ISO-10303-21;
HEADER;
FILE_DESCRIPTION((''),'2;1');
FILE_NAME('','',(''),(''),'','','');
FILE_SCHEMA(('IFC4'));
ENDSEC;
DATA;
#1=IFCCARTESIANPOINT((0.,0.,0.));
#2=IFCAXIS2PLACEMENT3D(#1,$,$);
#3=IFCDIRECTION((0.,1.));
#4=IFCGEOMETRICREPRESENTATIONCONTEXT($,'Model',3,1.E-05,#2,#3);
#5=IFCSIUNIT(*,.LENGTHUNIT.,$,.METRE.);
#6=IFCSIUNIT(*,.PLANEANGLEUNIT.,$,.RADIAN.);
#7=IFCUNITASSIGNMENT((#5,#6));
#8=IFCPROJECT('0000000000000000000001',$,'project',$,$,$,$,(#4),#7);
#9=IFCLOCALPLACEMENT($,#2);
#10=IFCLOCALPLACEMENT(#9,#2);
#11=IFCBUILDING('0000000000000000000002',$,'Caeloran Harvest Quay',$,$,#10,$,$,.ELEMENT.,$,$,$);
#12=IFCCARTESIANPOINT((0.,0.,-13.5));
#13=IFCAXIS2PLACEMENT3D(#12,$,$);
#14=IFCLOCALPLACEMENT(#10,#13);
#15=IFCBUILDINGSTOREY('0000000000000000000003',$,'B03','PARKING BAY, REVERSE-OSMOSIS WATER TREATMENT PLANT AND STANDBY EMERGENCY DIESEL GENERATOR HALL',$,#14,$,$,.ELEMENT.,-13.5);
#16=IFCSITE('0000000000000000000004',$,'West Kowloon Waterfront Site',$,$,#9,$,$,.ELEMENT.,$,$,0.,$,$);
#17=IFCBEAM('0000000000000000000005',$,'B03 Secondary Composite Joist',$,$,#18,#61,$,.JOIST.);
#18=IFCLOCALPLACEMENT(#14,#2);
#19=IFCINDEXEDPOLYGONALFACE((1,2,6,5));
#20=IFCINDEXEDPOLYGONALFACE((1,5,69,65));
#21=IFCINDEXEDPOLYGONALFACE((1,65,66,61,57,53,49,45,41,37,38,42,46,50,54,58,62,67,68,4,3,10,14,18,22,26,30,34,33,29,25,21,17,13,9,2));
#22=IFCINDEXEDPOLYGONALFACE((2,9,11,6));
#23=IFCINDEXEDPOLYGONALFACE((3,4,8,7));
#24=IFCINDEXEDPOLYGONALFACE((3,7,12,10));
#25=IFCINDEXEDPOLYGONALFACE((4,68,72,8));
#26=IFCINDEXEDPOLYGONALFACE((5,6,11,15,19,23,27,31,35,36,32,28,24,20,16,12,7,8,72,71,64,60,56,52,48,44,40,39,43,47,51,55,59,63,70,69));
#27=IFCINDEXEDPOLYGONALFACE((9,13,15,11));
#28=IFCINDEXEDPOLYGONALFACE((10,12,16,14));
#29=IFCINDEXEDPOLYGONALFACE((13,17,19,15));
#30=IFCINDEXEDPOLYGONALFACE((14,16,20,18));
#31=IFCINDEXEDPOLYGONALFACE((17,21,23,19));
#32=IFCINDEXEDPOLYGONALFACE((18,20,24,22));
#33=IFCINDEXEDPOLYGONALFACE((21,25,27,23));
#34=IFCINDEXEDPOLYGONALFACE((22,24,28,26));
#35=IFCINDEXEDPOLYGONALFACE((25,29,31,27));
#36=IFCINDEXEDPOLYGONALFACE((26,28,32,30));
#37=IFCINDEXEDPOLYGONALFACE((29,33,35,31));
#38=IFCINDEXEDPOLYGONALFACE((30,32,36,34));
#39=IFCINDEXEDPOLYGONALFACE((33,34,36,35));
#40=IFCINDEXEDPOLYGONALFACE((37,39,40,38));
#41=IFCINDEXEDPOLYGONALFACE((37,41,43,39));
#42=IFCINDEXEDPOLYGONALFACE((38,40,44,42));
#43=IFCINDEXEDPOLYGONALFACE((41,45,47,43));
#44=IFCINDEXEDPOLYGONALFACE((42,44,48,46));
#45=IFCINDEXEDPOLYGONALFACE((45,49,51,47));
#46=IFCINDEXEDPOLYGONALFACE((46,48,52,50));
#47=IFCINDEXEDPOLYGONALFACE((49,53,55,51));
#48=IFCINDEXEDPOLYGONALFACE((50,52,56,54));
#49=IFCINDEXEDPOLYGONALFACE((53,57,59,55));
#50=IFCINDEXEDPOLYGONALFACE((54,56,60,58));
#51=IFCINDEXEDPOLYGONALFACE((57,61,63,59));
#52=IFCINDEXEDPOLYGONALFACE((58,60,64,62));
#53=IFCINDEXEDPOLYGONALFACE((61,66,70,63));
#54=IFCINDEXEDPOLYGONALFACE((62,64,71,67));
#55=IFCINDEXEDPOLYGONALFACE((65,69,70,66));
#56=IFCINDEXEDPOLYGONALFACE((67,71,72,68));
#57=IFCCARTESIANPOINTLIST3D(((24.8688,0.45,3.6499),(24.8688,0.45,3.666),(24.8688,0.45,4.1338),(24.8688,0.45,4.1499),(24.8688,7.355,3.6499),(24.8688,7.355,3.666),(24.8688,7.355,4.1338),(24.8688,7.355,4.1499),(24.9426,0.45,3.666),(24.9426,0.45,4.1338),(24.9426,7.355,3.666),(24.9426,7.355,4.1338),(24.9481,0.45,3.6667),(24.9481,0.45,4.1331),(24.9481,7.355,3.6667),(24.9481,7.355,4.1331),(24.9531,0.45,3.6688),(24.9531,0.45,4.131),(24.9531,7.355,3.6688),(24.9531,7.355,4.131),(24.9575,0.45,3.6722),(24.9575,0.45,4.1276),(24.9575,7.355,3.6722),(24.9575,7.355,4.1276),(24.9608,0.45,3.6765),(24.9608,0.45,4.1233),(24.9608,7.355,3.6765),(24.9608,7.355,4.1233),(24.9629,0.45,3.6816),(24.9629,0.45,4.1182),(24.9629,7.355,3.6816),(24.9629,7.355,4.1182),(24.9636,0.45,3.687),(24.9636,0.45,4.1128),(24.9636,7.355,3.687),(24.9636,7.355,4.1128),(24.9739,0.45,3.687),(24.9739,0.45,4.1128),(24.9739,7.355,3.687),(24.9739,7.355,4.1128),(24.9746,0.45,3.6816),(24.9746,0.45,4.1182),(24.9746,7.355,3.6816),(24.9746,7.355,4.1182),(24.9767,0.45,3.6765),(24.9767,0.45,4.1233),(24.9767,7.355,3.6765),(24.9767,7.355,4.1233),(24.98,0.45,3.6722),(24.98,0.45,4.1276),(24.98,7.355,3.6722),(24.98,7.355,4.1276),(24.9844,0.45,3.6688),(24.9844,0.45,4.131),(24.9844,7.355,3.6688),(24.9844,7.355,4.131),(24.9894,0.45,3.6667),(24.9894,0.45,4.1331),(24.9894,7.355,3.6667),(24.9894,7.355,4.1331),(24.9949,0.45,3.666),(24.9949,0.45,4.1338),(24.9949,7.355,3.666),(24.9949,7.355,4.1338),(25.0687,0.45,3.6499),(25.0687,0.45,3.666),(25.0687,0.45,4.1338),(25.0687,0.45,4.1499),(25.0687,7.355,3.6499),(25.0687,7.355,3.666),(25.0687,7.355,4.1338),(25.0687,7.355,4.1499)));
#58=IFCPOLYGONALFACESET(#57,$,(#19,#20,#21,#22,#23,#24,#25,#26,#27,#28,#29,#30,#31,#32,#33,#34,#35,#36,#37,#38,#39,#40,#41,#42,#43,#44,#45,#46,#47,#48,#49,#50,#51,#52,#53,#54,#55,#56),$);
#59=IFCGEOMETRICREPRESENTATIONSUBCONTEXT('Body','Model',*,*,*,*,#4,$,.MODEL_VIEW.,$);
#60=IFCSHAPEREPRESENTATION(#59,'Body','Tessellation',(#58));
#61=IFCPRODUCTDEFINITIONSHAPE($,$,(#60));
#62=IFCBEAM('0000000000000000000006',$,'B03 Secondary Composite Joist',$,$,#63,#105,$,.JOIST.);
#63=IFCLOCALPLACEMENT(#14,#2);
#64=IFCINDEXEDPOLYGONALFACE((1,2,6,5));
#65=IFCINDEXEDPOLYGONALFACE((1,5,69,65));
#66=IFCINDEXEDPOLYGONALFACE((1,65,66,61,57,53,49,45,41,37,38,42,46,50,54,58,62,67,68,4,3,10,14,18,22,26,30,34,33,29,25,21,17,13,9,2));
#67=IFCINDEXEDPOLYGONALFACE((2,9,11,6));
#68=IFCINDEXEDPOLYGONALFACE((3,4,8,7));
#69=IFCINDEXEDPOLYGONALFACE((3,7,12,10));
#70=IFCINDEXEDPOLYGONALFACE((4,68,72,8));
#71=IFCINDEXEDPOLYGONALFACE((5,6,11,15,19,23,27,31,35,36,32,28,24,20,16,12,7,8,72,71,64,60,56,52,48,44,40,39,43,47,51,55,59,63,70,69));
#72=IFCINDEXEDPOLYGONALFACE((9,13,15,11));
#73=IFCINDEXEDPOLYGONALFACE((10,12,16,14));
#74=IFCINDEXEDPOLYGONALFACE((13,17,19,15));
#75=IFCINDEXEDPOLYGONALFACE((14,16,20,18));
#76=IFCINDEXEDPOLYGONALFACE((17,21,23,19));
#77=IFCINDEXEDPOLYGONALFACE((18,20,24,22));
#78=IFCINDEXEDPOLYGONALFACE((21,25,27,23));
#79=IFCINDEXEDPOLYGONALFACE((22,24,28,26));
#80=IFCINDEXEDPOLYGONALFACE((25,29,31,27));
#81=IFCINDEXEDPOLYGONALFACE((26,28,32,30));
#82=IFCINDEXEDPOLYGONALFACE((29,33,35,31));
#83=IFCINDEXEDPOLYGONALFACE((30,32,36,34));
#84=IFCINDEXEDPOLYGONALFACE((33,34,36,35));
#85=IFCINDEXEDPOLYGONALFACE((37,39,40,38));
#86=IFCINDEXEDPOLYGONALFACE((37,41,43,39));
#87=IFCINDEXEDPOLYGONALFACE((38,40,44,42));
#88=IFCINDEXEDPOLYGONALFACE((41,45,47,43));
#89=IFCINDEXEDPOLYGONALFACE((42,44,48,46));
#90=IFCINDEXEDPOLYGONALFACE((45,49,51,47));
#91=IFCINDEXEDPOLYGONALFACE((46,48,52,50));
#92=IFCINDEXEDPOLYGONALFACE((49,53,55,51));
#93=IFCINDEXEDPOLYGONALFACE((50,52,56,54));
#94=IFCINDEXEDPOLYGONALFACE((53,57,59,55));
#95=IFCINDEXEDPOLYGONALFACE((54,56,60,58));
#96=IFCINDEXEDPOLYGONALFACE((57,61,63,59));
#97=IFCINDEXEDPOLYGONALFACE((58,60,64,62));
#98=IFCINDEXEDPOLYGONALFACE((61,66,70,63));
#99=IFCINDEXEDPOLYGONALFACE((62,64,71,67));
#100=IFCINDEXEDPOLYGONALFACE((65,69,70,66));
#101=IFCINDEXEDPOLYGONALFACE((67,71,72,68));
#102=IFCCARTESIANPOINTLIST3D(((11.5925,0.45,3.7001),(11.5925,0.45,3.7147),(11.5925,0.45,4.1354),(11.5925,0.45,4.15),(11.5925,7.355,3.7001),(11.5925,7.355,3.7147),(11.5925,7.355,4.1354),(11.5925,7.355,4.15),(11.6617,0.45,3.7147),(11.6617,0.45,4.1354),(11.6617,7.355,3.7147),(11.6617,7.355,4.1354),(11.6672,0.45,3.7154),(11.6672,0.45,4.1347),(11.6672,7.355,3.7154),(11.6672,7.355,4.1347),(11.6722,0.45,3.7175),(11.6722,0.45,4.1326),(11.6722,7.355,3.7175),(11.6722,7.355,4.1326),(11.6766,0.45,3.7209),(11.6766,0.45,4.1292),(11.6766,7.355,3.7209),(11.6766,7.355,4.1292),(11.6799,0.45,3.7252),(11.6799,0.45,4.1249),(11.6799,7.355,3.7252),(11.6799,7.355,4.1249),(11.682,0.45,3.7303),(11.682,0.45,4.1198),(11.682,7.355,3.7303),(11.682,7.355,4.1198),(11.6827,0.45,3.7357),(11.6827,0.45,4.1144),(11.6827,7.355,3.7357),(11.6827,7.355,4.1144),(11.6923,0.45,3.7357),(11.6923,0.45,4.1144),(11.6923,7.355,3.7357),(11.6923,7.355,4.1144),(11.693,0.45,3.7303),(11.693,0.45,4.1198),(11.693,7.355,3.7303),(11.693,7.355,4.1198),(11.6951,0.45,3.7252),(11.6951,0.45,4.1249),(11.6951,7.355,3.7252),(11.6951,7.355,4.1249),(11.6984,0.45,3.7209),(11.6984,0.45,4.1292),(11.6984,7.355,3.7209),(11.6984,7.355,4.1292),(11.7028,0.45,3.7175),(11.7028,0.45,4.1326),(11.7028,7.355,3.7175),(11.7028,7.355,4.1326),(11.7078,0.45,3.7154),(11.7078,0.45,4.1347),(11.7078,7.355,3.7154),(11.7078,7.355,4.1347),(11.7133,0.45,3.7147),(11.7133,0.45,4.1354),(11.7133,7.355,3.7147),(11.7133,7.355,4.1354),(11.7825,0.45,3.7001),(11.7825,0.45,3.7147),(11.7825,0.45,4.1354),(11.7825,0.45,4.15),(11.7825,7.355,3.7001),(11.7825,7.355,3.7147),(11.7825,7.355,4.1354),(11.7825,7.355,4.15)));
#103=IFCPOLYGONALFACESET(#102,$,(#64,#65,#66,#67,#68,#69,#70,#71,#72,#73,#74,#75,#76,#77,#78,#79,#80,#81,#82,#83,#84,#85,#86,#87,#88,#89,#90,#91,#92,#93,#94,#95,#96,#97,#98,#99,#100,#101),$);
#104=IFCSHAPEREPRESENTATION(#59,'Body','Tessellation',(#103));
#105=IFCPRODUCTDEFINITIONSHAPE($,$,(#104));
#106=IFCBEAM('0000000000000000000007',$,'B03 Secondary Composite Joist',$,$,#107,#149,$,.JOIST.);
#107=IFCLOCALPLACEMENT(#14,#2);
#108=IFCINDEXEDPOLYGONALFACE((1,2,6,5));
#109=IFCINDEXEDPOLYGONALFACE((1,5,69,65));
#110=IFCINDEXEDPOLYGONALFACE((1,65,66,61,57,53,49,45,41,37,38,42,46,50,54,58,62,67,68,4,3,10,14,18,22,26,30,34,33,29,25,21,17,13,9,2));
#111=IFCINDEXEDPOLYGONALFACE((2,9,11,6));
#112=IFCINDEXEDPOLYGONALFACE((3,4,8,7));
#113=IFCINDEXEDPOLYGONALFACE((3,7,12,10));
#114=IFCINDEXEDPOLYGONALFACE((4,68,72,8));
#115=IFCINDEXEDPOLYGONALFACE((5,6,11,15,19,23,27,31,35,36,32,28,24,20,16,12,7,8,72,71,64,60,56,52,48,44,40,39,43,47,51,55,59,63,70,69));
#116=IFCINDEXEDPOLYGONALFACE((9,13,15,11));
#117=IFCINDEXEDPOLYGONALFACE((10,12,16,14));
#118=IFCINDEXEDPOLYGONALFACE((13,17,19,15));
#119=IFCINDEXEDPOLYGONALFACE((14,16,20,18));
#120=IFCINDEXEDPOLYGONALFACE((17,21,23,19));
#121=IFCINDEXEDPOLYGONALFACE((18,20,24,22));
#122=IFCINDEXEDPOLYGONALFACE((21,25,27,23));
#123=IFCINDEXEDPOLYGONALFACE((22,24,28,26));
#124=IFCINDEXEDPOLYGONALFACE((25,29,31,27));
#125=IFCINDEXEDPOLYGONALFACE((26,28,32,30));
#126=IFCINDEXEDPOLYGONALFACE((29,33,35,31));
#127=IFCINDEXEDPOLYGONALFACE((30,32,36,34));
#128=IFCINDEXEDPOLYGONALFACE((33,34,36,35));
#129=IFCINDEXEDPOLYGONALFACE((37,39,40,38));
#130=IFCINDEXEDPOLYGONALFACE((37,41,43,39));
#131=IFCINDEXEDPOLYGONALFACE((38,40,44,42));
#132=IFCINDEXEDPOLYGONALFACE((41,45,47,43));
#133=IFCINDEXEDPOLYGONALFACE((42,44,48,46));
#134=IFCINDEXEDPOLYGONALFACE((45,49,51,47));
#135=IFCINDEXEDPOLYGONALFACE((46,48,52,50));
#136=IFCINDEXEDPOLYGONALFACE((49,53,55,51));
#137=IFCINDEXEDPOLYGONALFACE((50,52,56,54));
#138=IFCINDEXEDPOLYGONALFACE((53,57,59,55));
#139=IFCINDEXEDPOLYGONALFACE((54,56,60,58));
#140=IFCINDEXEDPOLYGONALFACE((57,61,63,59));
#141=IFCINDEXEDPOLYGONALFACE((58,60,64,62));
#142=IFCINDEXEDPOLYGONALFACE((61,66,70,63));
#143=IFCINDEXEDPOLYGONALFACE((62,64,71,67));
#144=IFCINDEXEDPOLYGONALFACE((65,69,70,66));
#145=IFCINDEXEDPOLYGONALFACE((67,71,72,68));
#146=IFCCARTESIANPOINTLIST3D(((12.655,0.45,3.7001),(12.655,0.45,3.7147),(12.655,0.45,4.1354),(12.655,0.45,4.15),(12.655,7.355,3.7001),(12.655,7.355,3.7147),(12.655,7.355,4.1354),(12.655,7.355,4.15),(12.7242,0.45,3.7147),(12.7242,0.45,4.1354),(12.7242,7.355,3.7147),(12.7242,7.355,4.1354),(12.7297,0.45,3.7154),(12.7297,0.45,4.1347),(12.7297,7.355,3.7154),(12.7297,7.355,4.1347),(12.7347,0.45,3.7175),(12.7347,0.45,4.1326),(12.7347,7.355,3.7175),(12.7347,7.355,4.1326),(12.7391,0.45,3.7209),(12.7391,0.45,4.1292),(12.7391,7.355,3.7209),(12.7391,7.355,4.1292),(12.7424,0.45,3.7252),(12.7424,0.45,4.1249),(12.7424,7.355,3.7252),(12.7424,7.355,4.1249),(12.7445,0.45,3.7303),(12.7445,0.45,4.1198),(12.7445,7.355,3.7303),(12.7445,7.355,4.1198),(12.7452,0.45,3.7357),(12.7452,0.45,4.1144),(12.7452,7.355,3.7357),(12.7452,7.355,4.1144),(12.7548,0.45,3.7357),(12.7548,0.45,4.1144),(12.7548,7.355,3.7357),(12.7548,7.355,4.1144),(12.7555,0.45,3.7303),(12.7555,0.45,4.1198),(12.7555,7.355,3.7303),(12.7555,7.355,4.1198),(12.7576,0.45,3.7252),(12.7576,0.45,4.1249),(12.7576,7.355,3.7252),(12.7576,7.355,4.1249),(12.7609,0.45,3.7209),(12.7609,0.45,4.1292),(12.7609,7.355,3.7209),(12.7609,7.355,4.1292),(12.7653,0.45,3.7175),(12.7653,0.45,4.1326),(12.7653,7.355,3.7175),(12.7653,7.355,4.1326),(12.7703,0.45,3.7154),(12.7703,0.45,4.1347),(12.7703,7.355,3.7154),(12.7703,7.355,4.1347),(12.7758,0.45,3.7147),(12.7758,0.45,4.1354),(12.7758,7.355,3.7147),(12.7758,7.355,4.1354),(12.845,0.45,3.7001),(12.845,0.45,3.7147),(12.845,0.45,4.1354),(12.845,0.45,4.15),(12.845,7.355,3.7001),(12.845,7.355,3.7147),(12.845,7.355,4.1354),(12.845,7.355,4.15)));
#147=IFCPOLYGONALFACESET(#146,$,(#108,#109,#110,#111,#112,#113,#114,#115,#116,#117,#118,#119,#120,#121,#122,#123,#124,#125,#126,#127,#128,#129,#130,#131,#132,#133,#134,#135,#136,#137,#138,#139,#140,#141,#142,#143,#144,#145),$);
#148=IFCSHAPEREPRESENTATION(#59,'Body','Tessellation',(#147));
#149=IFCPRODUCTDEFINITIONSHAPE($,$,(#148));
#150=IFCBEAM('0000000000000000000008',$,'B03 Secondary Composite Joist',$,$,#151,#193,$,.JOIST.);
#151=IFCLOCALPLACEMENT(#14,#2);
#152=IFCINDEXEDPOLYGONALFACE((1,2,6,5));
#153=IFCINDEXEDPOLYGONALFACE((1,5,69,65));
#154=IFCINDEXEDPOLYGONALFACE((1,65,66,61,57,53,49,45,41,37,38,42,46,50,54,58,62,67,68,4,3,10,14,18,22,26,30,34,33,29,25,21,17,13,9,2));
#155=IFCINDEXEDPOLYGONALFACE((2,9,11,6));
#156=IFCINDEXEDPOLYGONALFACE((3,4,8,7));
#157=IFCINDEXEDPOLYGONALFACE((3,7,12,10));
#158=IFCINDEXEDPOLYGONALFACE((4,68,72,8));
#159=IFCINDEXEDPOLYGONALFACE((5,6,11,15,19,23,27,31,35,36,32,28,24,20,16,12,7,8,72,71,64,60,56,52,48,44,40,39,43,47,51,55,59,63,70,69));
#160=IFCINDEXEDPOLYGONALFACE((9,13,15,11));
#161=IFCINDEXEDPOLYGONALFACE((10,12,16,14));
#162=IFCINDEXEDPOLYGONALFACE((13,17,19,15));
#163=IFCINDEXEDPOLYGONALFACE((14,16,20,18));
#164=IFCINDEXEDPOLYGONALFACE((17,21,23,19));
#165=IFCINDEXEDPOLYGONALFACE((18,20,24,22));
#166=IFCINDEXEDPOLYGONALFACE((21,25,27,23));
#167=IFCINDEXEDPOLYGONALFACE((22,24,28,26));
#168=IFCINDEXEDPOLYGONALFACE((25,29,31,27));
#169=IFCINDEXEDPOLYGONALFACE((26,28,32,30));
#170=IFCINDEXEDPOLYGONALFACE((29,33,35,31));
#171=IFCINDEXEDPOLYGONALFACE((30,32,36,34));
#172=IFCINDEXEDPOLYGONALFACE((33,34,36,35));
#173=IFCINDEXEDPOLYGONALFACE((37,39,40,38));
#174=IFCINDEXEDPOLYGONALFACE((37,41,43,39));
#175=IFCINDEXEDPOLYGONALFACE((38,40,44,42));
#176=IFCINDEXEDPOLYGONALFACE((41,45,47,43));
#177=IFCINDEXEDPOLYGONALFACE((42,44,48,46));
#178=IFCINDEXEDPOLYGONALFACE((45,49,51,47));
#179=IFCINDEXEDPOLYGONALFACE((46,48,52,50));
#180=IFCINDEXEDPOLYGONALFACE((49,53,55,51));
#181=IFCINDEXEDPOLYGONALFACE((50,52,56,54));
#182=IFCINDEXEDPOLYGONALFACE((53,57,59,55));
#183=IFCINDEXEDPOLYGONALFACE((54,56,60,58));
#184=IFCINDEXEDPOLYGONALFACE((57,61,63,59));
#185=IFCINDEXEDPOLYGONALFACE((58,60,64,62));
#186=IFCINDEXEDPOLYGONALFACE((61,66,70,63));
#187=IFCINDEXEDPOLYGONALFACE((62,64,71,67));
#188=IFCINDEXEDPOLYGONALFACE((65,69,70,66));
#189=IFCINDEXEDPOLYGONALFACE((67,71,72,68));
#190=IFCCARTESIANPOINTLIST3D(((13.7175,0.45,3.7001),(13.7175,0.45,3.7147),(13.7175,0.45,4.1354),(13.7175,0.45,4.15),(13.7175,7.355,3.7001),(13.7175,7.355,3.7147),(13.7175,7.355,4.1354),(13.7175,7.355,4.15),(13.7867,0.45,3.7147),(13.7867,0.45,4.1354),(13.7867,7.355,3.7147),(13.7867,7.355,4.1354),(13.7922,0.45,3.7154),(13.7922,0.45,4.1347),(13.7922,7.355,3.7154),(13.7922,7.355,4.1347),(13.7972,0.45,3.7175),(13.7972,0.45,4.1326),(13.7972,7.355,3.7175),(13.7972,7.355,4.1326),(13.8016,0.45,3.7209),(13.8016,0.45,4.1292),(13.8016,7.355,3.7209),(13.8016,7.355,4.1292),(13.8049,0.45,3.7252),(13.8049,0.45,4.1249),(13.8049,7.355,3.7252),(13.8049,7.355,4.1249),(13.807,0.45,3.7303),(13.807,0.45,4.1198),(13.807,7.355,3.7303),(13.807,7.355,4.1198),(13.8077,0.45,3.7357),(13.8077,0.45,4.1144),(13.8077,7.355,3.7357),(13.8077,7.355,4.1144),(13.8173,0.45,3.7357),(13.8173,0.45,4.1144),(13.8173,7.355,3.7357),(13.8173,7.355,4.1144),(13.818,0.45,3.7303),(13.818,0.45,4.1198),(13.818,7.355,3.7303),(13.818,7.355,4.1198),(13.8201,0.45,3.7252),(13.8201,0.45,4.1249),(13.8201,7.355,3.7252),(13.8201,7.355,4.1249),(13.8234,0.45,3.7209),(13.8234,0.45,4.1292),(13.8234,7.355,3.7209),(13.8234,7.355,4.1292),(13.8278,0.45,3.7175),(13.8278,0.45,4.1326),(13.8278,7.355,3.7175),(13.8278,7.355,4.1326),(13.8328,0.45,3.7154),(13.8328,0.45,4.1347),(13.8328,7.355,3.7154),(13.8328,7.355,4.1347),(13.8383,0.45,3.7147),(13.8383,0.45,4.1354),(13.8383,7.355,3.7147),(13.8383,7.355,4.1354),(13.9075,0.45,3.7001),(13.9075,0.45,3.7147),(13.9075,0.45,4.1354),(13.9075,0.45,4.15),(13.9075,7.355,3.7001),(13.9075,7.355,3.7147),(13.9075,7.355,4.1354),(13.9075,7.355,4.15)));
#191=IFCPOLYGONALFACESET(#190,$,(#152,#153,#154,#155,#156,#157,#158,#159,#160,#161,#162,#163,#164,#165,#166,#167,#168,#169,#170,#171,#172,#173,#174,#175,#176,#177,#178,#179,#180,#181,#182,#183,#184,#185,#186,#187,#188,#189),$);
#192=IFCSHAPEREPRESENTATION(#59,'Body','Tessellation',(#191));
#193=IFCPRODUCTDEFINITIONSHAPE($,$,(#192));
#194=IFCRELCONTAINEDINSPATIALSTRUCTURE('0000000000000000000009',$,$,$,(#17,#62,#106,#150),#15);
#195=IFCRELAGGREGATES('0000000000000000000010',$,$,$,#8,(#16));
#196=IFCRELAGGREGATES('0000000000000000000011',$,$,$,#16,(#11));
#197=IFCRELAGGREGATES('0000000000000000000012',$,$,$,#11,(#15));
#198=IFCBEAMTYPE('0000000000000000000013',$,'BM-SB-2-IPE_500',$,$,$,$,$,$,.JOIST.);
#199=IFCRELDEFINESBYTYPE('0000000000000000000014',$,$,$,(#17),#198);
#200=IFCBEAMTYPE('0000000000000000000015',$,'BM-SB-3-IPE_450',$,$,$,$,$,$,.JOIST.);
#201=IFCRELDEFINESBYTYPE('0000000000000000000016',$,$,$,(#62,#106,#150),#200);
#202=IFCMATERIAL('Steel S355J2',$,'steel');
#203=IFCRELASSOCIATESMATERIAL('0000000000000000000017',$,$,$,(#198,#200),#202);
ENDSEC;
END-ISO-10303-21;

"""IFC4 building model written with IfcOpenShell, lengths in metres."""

from ifc_helpers import new_model, si_unit, direction, frame, origin, origin_2d, place, context, subcontext, project, spatial, i_section, extrude, material, material_profile, profile_set, type_object, element, save


model = new_model("IFC4")

# Units and contexts
model_context = context("Model", 3, precision=1e-05, world=origin(), true_north=direction((0.0, 1.0)))
body_context = subcontext(model_context, "Body", "Model", "MODEL_VIEW")
ifc_project = project(units=[si_unit("LENGTHUNIT", "METRE"), si_unit("PLANEANGLEUNIT", "RADIAN")], contexts=[model_context])

# Site, building, storey
site_placement = place(None, origin())
site = spatial("IfcSite", under=ifc_project, at=site_placement, Name="West Kowloon Waterfront Site", CompositionType="ELEMENT", RefElevation=0.0)
building_placement = place(site_placement, origin())
building = spatial("IfcBuilding", under=site, at=building_placement, Name="Caeloran Harvest Quay", CompositionType="ELEMENT")
storey_placement = place(building_placement, frame((0.0, 0.0, -13.5)))
storey = spatial("IfcBuildingStorey", under=building, at=storey_placement, Name="B03", Description="PARKING BAY, REVERSE-OSMOSIS WATER TREATMENT PLANT AND STANDBY EMERGENCY DIESEL GENERATOR HALL", CompositionType="ELEMENT", Elevation=-13.5)

# Beams
ifc_material_1 = material(Name="Steel S355J2", Category="steel")
ifc_material_profile_1 = material_profile(ifc_material_1, i_section(OverallWidth=0.2, OverallDepth=0.5, WebThickness=0.0103, FlangeThickness=0.0161, FilletRadius=0.021, at=origin_2d()), Name="IPE 500")
ifc_profile_set_1 = profile_set([ifc_material_profile_1], Name="Steel S355J2")
beam_type_1 = type_object("IfcBeamType", Name="BM-SB-2-IPE_500", PredefinedType="JOIST", material=ifc_profile_set_1)
for number, where, z_axis, x_axis, name in (
    (1, (24.9688, 0.45, 3.8999), (0.0, 1.0, 0.0), (-1.0, 0.0, 0.0), "B03 Secondary Composite Joist"),
):
    element("IfcBeam", number, at=place(storey_placement, frame(where, z_axis=z_axis, x_axis=x_axis)), inside=storey, type_object=beam_type_1, Name=name, PredefinedType="JOIST", context=body_context, shape_type="SweptSolid", body=[
        extrude(i_section(OverallWidth=0.2, OverallDepth=0.5, WebThickness=0.0103, FlangeThickness=0.0161, FilletRadius=0.021, at=origin_2d()), origin(), (0.0, 0.0, 1.0), 6.905),
    ])
ifc_material_profile_2 = material_profile(ifc_material_1, i_section(OverallWidth=0.1899, OverallDepth=0.45, WebThickness=0.0095, FlangeThickness=0.0146, FilletRadius=0.021, at=origin_2d()), Name="IPE 450")
ifc_profile_set_2 = profile_set([ifc_material_profile_2], Name="Steel S355J2")
beam_type_2 = type_object("IfcBeamType", Name="BM-SB-3-IPE_450", PredefinedType="JOIST", material=ifc_profile_set_2)
for number, where, z_axis, x_axis, name in (
    (2, (11.6875, 0.45, 3.925), (0.0, 1.0, 0.0), (-1.0, 0.0, 0.0), "B03 Secondary Composite Joist"),
    (3, (12.75, 0.45, 3.925), (0.0, 1.0, 0.0), (-1.0, 0.0, 0.0), "B03 Secondary Composite Joist"),
    (4, (13.8125, 0.45, 3.925), (0.0, 1.0, 0.0), (-1.0, 0.0, 0.0), "B03 Secondary Composite Joist"),
):
    element("IfcBeam", number, at=place(storey_placement, frame(where, z_axis=z_axis, x_axis=x_axis)), inside=storey, type_object=beam_type_2, Name=name, PredefinedType="JOIST", context=body_context, shape_type="SweptSolid", body=[
        extrude(i_section(OverallWidth=0.1899, OverallDepth=0.45, WebThickness=0.0095, FlangeThickness=0.0146, FilletRadius=0.021, at=origin_2d()), origin(), (0.0, 0.0, 1.0), 6.905),
    ])

save(model, "model.ifc")
